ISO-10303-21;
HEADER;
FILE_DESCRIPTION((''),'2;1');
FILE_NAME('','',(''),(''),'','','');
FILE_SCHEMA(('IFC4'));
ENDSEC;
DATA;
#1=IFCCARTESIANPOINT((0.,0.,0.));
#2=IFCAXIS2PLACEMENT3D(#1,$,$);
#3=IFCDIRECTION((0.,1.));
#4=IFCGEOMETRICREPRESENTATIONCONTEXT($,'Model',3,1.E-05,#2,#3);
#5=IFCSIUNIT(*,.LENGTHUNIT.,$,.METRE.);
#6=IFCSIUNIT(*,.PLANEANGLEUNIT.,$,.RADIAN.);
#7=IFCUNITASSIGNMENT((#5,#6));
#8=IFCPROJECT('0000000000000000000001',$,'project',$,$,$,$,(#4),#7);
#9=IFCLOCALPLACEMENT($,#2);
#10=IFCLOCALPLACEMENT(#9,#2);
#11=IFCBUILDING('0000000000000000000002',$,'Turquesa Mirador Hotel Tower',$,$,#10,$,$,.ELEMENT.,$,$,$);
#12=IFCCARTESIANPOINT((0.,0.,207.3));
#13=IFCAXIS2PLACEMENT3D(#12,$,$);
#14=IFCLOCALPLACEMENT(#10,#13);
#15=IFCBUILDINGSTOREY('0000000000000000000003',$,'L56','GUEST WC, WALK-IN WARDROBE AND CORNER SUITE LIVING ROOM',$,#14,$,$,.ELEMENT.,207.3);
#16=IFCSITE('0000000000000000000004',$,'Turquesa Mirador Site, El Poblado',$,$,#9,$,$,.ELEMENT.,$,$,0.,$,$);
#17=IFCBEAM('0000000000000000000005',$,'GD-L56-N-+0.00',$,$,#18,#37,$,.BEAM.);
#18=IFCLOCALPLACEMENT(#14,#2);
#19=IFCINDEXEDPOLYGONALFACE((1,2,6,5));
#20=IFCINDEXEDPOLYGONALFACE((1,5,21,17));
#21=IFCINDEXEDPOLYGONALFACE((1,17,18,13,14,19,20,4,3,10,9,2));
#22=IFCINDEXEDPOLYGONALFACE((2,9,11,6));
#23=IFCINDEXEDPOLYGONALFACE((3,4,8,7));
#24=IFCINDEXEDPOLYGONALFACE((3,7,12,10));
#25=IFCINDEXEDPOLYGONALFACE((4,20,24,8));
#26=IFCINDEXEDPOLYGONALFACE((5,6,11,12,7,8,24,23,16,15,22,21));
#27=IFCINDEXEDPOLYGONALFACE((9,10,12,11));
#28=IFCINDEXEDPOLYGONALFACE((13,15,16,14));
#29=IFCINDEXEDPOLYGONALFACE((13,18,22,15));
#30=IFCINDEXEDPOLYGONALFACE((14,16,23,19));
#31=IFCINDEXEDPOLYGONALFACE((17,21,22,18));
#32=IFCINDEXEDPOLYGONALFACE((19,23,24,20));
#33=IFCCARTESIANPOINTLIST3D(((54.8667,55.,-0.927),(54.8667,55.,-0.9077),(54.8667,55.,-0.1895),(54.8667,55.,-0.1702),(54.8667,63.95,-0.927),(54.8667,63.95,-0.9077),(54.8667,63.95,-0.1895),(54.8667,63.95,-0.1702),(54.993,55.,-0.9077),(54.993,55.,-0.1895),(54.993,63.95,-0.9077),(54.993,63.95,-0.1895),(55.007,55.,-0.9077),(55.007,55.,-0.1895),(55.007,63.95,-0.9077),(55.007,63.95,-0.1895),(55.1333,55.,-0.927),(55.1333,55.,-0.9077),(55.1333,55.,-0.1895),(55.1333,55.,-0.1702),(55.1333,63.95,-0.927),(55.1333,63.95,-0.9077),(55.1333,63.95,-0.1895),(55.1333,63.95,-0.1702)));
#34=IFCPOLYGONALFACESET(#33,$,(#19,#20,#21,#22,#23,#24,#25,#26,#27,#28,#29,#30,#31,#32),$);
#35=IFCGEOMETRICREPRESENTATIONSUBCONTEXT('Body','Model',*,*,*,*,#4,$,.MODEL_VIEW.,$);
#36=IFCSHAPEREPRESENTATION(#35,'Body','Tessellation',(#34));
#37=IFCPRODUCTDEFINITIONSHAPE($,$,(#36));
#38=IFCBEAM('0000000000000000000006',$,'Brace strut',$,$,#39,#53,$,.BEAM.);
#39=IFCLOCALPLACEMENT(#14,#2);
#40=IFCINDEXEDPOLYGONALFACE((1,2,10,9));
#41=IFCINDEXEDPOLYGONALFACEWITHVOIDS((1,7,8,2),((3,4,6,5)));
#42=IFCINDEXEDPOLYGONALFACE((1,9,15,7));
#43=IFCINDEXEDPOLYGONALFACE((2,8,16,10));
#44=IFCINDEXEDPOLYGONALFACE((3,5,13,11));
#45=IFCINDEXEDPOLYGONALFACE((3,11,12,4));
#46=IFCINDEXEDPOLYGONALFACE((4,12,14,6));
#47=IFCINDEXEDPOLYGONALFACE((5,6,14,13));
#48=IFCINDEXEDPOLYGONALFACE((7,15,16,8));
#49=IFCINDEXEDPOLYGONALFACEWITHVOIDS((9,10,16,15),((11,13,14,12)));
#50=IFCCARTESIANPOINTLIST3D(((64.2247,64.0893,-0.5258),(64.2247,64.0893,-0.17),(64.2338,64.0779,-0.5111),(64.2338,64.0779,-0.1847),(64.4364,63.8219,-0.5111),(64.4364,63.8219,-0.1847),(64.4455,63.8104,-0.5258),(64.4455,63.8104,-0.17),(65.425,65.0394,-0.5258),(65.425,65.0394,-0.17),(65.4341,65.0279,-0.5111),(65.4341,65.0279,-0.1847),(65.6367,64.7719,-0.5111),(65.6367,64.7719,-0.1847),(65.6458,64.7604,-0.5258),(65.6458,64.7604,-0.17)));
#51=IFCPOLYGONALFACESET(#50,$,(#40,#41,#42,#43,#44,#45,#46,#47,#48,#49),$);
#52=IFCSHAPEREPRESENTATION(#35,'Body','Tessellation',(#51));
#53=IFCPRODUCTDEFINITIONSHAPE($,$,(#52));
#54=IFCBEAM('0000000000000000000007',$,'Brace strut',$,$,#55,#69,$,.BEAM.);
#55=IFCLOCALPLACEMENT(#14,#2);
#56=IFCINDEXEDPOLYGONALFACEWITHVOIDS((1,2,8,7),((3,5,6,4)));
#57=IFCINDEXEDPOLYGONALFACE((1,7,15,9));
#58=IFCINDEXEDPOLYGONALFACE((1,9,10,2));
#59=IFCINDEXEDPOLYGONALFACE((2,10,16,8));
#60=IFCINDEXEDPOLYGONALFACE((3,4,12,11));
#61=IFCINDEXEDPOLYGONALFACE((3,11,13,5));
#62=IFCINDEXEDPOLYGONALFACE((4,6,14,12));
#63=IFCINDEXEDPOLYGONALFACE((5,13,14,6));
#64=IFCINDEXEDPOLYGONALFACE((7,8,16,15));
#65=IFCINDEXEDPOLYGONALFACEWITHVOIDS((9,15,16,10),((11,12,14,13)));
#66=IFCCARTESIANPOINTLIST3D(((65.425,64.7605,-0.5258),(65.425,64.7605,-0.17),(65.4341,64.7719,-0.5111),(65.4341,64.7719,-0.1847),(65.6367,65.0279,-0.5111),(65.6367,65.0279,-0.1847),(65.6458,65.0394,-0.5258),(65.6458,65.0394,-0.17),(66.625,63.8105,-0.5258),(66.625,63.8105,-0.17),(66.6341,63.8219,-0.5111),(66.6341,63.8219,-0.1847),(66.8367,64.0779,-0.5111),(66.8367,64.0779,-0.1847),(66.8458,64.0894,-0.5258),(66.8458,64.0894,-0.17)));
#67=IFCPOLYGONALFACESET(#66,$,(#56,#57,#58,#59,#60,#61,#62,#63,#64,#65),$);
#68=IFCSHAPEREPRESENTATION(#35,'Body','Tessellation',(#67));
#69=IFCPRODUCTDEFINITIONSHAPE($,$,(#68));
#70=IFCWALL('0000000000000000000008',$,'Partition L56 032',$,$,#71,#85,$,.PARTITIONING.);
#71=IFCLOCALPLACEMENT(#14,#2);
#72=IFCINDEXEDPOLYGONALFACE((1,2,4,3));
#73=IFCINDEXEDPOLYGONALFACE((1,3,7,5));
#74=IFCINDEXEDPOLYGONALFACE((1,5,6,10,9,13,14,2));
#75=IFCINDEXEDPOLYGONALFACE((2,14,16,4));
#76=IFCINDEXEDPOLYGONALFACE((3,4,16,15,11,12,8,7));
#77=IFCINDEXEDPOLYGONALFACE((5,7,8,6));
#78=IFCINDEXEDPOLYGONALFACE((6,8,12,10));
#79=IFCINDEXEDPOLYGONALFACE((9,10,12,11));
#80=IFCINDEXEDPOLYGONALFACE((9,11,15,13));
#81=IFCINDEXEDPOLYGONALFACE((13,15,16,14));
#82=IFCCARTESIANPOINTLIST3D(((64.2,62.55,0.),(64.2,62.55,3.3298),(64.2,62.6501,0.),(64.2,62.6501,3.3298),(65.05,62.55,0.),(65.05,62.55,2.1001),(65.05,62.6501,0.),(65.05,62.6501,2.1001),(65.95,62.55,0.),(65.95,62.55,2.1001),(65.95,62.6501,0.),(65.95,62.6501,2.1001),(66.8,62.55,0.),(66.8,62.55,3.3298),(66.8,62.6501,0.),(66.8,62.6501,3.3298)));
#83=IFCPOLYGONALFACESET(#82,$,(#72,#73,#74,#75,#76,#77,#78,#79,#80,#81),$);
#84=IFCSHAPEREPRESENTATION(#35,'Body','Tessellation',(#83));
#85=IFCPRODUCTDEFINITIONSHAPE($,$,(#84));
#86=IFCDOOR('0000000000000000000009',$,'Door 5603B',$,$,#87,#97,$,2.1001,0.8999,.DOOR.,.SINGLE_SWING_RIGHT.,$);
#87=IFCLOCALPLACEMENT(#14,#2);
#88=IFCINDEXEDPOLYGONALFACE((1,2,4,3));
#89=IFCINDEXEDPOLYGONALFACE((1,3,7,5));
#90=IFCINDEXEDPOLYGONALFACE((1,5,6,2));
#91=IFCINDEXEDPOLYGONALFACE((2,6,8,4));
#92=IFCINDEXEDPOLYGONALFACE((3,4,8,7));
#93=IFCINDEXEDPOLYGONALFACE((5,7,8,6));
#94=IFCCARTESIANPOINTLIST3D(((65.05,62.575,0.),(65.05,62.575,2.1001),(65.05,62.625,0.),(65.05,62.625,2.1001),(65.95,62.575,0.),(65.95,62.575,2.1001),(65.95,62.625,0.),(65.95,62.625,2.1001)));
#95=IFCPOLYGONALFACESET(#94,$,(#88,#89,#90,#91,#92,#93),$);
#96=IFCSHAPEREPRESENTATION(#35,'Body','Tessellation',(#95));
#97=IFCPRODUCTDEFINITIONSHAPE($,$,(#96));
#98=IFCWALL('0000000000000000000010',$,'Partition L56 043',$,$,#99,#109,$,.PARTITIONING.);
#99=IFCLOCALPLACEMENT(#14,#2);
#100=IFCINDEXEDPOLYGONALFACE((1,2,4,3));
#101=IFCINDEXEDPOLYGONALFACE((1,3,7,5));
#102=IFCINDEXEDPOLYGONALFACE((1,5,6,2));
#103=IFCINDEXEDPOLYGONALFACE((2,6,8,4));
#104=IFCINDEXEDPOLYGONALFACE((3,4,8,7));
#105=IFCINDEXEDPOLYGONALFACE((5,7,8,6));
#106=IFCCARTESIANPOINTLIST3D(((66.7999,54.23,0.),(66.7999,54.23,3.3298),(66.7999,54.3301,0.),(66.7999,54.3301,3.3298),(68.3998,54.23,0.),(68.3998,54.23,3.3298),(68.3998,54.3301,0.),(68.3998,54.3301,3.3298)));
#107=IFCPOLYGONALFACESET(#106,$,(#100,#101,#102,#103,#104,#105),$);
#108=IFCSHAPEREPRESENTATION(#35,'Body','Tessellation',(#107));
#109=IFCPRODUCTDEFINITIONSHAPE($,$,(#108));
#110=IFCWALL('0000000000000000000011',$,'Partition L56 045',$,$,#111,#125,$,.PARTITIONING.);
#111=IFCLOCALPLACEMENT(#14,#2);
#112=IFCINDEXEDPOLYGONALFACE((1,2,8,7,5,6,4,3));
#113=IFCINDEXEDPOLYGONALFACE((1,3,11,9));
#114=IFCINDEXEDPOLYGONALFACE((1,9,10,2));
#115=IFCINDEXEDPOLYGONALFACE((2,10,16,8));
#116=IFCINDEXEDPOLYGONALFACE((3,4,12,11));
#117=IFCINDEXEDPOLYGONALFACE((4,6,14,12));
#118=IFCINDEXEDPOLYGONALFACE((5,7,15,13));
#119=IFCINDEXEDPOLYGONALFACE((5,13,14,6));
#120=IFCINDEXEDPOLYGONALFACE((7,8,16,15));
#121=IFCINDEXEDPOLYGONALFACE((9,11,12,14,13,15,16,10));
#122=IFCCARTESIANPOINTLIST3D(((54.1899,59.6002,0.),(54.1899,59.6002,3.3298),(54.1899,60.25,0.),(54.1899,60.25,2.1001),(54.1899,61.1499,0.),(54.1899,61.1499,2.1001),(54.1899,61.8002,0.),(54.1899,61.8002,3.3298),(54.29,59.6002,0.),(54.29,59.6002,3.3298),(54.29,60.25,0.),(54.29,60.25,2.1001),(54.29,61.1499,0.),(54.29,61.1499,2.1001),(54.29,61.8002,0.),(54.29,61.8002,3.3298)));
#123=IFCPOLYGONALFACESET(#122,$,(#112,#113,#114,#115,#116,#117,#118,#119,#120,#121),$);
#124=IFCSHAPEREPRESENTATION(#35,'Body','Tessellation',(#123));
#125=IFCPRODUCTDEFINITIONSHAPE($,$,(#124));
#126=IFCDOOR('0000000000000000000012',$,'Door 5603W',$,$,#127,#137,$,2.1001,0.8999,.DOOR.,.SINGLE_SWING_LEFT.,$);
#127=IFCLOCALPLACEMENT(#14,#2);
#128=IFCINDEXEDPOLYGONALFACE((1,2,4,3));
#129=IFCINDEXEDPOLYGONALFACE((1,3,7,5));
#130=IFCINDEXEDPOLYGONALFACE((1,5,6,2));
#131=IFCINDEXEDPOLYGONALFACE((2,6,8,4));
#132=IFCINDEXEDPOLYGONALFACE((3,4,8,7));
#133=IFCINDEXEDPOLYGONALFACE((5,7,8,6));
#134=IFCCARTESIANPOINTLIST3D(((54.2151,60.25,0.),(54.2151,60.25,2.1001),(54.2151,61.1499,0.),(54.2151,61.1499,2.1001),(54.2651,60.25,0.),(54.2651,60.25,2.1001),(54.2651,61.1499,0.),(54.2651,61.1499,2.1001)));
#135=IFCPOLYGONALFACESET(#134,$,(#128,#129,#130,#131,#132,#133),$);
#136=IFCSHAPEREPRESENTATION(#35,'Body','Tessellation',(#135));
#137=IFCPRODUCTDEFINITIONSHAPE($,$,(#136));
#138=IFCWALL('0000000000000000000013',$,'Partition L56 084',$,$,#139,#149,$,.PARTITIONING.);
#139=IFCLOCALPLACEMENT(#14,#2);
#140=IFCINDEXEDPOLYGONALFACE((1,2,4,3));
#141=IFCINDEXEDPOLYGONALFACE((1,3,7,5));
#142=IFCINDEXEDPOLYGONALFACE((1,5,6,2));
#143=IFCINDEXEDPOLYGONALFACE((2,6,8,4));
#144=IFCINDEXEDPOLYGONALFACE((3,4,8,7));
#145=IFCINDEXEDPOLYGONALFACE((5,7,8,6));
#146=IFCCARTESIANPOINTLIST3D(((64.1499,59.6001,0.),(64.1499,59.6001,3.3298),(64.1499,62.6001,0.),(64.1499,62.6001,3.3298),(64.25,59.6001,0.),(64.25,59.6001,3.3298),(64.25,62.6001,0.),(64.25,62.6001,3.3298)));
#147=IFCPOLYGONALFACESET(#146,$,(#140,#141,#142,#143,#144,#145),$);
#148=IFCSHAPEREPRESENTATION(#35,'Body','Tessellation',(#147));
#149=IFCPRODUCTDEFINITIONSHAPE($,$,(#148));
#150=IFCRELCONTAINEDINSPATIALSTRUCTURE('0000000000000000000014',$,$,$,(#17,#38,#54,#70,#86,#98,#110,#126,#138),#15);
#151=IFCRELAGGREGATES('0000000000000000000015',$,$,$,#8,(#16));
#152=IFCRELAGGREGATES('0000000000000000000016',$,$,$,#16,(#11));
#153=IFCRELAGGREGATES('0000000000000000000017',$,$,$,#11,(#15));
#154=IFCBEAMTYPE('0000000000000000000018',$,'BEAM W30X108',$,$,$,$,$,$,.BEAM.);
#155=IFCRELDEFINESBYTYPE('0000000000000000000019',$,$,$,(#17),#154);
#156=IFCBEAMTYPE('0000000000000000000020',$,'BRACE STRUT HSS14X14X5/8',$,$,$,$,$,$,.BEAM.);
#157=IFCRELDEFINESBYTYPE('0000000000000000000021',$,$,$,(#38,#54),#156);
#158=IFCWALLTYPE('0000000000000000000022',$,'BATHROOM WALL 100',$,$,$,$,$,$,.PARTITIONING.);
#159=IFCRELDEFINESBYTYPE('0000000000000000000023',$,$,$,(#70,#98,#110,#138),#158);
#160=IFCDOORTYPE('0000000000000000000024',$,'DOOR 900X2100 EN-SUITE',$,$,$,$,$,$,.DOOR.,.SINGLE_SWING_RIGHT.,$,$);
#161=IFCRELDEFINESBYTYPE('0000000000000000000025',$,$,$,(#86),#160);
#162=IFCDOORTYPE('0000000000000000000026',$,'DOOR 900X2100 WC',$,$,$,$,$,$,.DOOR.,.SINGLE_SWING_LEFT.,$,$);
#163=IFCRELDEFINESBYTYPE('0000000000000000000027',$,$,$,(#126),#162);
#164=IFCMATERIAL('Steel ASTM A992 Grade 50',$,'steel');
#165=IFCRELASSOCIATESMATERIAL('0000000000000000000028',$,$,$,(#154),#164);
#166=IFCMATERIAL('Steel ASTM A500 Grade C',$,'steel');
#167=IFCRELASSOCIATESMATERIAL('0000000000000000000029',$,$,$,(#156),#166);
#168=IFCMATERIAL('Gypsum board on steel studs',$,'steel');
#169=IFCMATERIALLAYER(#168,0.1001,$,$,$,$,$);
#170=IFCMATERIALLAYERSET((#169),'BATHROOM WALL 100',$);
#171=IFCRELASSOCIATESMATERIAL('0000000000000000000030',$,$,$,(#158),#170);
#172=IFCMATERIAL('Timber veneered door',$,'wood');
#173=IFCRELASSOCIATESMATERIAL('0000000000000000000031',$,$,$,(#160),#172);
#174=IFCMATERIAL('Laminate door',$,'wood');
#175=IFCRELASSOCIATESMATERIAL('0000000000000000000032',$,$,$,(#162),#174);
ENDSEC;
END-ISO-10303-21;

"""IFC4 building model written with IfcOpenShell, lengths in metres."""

from ifc_helpers import new_model, si_unit, direction, frame, frame_2d, origin, origin_2d, place, context, subcontext, project, spatial, rectangle, hollow_rectangle, i_section, extrude, material, layer, layer_set, material_profile, profile_set, type_object, element, fill, save


model = new_model("IFC4")

# Units and contexts
model_context = context("Model", 3, precision=1e-05, world=origin(), true_north=direction((0.0, 1.0)))
body_context = subcontext(model_context, "Body", "Model", "MODEL_VIEW")
ifc_project = project(units=[si_unit("LENGTHUNIT", "METRE"), si_unit("PLANEANGLEUNIT", "RADIAN")], contexts=[model_context])

# Site, building, storey
site_placement = place(None, origin())
site = spatial("IfcSite", under=ifc_project, at=site_placement, Name="Turquesa Mirador Site, El Poblado", CompositionType="ELEMENT", RefElevation=0.0)
building_placement = place(site_placement, origin())
building = spatial("IfcBuilding", under=site, at=building_placement, Name="Turquesa Mirador Hotel Tower", CompositionType="ELEMENT")
storey_placement = place(building_placement, frame((0.0, 0.0, 207.3)))
storey = spatial("IfcBuildingStorey", under=building, at=storey_placement, Name="L56", Description="GUEST WC, WALK-IN WARDROBE AND CORNER SUITE LIVING ROOM", CompositionType="ELEMENT", Elevation=207.3)

# Beams
ifc_material_1 = material(Name="Steel ASTM A992 Grade 50", Category="steel")
ifc_material_profile_1 = material_profile(ifc_material_1, i_section(OverallWidth=0.2666, OverallDepth=0.7568, WebThickness=0.0139, FlangeThickness=0.0193, at=origin_2d()), Name="W30X108")
ifc_profile_set_1 = profile_set([ifc_material_profile_1], Name="Steel ASTM A992 Grade 50")
beam_type_1 = type_object("IfcBeamType", Name="BEAM W30X108", PredefinedType="BEAM", material=ifc_profile_set_1)
for number, where, z_axis, x_axis, name in (
    (1, (55.0, 63.95, -0.5486), (0.0, -1.0, 0.0), (1.0, 0.0, 0.0), "GD-L56-N-+0.00"),
):
    element("IfcBeam", number, at=place(storey_placement, frame(where, z_axis=z_axis, x_axis=x_axis)), inside=storey, type_object=beam_type_1, Name=name, PredefinedType="BEAM", context=body_context, shape_type="SweptSolid", body=[
        extrude(i_section(OverallWidth=0.2666, OverallDepth=0.7568, WebThickness=0.0139, FlangeThickness=0.0193, at=origin_2d()), origin(), (0.0, 0.0, 1.0), 8.95),
    ])
ifc_material_2 = material(Name="Steel ASTM A500 Grade C", Category="steel")
ifc_material_profile_2 = material_profile(ifc_material_2, hollow_rectangle(XDim=0.3557, YDim=0.3557, WallThickness=0.0146, at=origin_2d()), Name="HSS14X14X5/8")
ifc_profile_set_2 = profile_set([ifc_material_profile_2], Name="Steel ASTM A500 Grade C")
beam_type_2 = type_object("IfcBeamType", Name="BRACE STRUT HSS14X14X5/8", PredefinedType="BEAM", material=ifc_profile_set_2)
beam_1_placement = place(storey_placement, frame((65.5354, 64.8999, -0.3479), z_axis=(-0.784111, -0.620621, 0.0), x_axis=(0.620621, -0.784111, 0.0)))
element("IfcBeam", 2, at=beam_1_placement, inside=storey, type_object=beam_type_2, Name="Brace strut", PredefinedType="BEAM", context=body_context, shape_type="SweptSolid", body=[
    extrude(hollow_rectangle(XDim=0.3557, YDim=0.3557, WallThickness=0.0146, at=origin_2d()), origin(), (0.0, 0.0, 1.0), 1.5308),
])
beam_2_placement = place(storey_placement, frame((65.5354, 64.8999, -0.3479), z_axis=(0.784049, -0.620699, 0.0), x_axis=(0.620699, 0.784049, 0.0)))
element("IfcBeam", 3, at=beam_2_placement, inside=storey, type_object=beam_type_2, Name="Brace strut", PredefinedType="BEAM", context=body_context, shape_type="SweptSolid", body=[
    extrude(hollow_rectangle(XDim=0.3557, YDim=0.3557, WallThickness=0.0146, at=origin_2d()), origin(), (0.0, 0.0, 1.0), 1.5305),
])

# Wall, opening, door
ifc_material_3 = material(Name="Gypsum board on steel studs", Category="steel")
ifc_layer_1 = layer(ifc_material_3, 0.1001)
ifc_layer_set_1 = layer_set([ifc_layer_1], Name="BATHROOM WALL 100")
wall_type_1 = type_object("IfcWallType", Name="BATHROOM WALL 100", PredefinedType="PARTITIONING", material=ifc_layer_set_1)
wall_1_placement = place(storey_placement, frame((64.2, 62.6001, 0.0), z_axis=(0.0, 0.0, 1.0), x_axis=(1.0, 0.0, 0.0)))
wall_1 = element("IfcWall", 4, at=wall_1_placement, inside=storey, type_object=wall_type_1, Name="Partition L56 032", PredefinedType="PARTITIONING", context=body_context, shape_type="SweptSolid", body=[
    extrude(rectangle(XDim=2.6001, YDim=0.1001, at=frame_2d((1.3, 0.0))), origin(), (0.0, 0.0, 1.0), 3.3298),
])
opening_1_placement = place(wall_1_placement, frame((0.8501, 0.0, 0.0)))
opening_1 = element("IfcOpeningElement", 5, at=opening_1_placement, cuts=wall_1, PredefinedType="OPENING", context=body_context, shape_type="SweptSolid", body=[
    extrude(rectangle(XDim=0.8999, YDim=2.1001, at=frame_2d((0.45, 1.05))), frame((0.0, 0.0601, 0.0), z_axis=(0.0, -1.0, 0.0), x_axis=(1.0, 0.0, 0.0)), (0.0, 0.0, 1.0), 0.1201),
])
ifc_material_4 = material(Name="Timber veneered door", Category="wood")
door_type_1 = type_object("IfcDoorType", Name="DOOR 900X2100 EN-SUITE", OperationType="SINGLE_SWING_RIGHT", PredefinedType="DOOR", material=ifc_material_4)
door_1_placement = place(opening_1_placement, origin())
door_1 = element("IfcDoor", 6, at=door_1_placement, inside=storey, type_object=door_type_1, Name="Door 5603B", OperationType="SINGLE_SWING_RIGHT", OverallHeight=2.1001, OverallWidth=0.8999, PredefinedType="DOOR", context=body_context, shape_type="SweptSolid", body=[
    extrude(rectangle(XDim=0.8999, YDim=2.1001, at=frame_2d((0.45, 1.05))), frame((0.0, 0.0249, 0.0), z_axis=(0.0, -1.0, 0.0), x_axis=(1.0, 0.0, 0.0)), (0.0, 0.0, 1.0), 0.05),
])
fill(opening_1, door_1)

# Wall
wall_2_placement = place(storey_placement, frame((66.8, 54.28, 0.0), z_axis=(0.0, 0.0, 1.0), x_axis=(1.0, 0.0, 0.0)))
element("IfcWall", 7, at=wall_2_placement, inside=storey, type_object=wall_type_1, Name="Partition L56 043", PredefinedType="PARTITIONING", context=body_context, shape_type="SweptSolid", body=[
    extrude(rectangle(XDim=1.5999, YDim=0.1001, at=frame_2d((0.7998, 0.0))), origin(), (0.0, 0.0, 1.0), 3.3298),
])

# Wall, opening, door
wall_3_placement = place(storey_placement, frame((54.24, 59.6001, 0.0), z_axis=(0.0, 0.0, 1.0), x_axis=(0.0, 1.0, 0.0)))
wall_3 = element("IfcWall", 8, at=wall_3_placement, inside=storey, type_object=wall_type_1, Name="Partition L56 045", PredefinedType="PARTITIONING", context=body_context, shape_type="SweptSolid", body=[
    extrude(rectangle(XDim=2.2, YDim=0.1001, at=frame_2d((1.1001, 0.0))), origin(), (0.0, 0.0, 1.0), 3.3298),
])
opening_2_placement = place(wall_3_placement, frame((0.6499, 0.0, 0.0)))
opening_2 = element("IfcOpeningElement", 9, at=opening_2_placement, cuts=wall_3, PredefinedType="OPENING", context=body_context, shape_type="SweptSolid", body=[
    extrude(rectangle(XDim=0.8999, YDim=2.1001, at=frame_2d((0.45, 1.05))), frame((0.0, 0.0601, 0.0), z_axis=(0.0, -1.0, 0.0), x_axis=(1.0, 0.0, 0.0)), (0.0, 0.0, 1.0), 0.1201),
])
ifc_material_5 = material(Name="Laminate door", Category="wood")
door_type_2 = type_object("IfcDoorType", Name="DOOR 900X2100 WC", OperationType="SINGLE_SWING_LEFT", PredefinedType="DOOR", material=ifc_material_5)
door_2_placement = place(opening_2_placement, origin())
door_2 = element("IfcDoor", 10, at=door_2_placement, inside=storey, type_object=door_type_2, Name="Door 5603W", OperationType="SINGLE_SWING_LEFT", OverallHeight=2.1001, OverallWidth=0.8999, PredefinedType="DOOR", context=body_context, shape_type="SweptSolid", body=[
    extrude(rectangle(XDim=0.8999, YDim=2.1001, at=frame_2d((0.45, 1.05))), frame((0.0, 0.0249, 0.0), z_axis=(0.0, -1.0, 0.0), x_axis=(1.0, 0.0, 0.0)), (0.0, 0.0, 1.0), 0.05),
])
fill(opening_2, door_2)

# Wall
wall_4_placement = place(storey_placement, frame((64.2, 59.6001, 0.0), z_axis=(0.0, 0.0, 1.0), x_axis=(0.0, 1.0, 0.0)))
element("IfcWall", 11, at=wall_4_placement, inside=storey, type_object=wall_type_1, Name="Partition L56 084", PredefinedType="PARTITIONING", context=body_context, shape_type="SweptSolid", body=[
    extrude(rectangle(XDim=3.0, YDim=0.1001, at=frame_2d((1.5, 0.0))), origin(), (0.0, 0.0, 1.0), 3.3298),
])

save(model, "model.ifc")
